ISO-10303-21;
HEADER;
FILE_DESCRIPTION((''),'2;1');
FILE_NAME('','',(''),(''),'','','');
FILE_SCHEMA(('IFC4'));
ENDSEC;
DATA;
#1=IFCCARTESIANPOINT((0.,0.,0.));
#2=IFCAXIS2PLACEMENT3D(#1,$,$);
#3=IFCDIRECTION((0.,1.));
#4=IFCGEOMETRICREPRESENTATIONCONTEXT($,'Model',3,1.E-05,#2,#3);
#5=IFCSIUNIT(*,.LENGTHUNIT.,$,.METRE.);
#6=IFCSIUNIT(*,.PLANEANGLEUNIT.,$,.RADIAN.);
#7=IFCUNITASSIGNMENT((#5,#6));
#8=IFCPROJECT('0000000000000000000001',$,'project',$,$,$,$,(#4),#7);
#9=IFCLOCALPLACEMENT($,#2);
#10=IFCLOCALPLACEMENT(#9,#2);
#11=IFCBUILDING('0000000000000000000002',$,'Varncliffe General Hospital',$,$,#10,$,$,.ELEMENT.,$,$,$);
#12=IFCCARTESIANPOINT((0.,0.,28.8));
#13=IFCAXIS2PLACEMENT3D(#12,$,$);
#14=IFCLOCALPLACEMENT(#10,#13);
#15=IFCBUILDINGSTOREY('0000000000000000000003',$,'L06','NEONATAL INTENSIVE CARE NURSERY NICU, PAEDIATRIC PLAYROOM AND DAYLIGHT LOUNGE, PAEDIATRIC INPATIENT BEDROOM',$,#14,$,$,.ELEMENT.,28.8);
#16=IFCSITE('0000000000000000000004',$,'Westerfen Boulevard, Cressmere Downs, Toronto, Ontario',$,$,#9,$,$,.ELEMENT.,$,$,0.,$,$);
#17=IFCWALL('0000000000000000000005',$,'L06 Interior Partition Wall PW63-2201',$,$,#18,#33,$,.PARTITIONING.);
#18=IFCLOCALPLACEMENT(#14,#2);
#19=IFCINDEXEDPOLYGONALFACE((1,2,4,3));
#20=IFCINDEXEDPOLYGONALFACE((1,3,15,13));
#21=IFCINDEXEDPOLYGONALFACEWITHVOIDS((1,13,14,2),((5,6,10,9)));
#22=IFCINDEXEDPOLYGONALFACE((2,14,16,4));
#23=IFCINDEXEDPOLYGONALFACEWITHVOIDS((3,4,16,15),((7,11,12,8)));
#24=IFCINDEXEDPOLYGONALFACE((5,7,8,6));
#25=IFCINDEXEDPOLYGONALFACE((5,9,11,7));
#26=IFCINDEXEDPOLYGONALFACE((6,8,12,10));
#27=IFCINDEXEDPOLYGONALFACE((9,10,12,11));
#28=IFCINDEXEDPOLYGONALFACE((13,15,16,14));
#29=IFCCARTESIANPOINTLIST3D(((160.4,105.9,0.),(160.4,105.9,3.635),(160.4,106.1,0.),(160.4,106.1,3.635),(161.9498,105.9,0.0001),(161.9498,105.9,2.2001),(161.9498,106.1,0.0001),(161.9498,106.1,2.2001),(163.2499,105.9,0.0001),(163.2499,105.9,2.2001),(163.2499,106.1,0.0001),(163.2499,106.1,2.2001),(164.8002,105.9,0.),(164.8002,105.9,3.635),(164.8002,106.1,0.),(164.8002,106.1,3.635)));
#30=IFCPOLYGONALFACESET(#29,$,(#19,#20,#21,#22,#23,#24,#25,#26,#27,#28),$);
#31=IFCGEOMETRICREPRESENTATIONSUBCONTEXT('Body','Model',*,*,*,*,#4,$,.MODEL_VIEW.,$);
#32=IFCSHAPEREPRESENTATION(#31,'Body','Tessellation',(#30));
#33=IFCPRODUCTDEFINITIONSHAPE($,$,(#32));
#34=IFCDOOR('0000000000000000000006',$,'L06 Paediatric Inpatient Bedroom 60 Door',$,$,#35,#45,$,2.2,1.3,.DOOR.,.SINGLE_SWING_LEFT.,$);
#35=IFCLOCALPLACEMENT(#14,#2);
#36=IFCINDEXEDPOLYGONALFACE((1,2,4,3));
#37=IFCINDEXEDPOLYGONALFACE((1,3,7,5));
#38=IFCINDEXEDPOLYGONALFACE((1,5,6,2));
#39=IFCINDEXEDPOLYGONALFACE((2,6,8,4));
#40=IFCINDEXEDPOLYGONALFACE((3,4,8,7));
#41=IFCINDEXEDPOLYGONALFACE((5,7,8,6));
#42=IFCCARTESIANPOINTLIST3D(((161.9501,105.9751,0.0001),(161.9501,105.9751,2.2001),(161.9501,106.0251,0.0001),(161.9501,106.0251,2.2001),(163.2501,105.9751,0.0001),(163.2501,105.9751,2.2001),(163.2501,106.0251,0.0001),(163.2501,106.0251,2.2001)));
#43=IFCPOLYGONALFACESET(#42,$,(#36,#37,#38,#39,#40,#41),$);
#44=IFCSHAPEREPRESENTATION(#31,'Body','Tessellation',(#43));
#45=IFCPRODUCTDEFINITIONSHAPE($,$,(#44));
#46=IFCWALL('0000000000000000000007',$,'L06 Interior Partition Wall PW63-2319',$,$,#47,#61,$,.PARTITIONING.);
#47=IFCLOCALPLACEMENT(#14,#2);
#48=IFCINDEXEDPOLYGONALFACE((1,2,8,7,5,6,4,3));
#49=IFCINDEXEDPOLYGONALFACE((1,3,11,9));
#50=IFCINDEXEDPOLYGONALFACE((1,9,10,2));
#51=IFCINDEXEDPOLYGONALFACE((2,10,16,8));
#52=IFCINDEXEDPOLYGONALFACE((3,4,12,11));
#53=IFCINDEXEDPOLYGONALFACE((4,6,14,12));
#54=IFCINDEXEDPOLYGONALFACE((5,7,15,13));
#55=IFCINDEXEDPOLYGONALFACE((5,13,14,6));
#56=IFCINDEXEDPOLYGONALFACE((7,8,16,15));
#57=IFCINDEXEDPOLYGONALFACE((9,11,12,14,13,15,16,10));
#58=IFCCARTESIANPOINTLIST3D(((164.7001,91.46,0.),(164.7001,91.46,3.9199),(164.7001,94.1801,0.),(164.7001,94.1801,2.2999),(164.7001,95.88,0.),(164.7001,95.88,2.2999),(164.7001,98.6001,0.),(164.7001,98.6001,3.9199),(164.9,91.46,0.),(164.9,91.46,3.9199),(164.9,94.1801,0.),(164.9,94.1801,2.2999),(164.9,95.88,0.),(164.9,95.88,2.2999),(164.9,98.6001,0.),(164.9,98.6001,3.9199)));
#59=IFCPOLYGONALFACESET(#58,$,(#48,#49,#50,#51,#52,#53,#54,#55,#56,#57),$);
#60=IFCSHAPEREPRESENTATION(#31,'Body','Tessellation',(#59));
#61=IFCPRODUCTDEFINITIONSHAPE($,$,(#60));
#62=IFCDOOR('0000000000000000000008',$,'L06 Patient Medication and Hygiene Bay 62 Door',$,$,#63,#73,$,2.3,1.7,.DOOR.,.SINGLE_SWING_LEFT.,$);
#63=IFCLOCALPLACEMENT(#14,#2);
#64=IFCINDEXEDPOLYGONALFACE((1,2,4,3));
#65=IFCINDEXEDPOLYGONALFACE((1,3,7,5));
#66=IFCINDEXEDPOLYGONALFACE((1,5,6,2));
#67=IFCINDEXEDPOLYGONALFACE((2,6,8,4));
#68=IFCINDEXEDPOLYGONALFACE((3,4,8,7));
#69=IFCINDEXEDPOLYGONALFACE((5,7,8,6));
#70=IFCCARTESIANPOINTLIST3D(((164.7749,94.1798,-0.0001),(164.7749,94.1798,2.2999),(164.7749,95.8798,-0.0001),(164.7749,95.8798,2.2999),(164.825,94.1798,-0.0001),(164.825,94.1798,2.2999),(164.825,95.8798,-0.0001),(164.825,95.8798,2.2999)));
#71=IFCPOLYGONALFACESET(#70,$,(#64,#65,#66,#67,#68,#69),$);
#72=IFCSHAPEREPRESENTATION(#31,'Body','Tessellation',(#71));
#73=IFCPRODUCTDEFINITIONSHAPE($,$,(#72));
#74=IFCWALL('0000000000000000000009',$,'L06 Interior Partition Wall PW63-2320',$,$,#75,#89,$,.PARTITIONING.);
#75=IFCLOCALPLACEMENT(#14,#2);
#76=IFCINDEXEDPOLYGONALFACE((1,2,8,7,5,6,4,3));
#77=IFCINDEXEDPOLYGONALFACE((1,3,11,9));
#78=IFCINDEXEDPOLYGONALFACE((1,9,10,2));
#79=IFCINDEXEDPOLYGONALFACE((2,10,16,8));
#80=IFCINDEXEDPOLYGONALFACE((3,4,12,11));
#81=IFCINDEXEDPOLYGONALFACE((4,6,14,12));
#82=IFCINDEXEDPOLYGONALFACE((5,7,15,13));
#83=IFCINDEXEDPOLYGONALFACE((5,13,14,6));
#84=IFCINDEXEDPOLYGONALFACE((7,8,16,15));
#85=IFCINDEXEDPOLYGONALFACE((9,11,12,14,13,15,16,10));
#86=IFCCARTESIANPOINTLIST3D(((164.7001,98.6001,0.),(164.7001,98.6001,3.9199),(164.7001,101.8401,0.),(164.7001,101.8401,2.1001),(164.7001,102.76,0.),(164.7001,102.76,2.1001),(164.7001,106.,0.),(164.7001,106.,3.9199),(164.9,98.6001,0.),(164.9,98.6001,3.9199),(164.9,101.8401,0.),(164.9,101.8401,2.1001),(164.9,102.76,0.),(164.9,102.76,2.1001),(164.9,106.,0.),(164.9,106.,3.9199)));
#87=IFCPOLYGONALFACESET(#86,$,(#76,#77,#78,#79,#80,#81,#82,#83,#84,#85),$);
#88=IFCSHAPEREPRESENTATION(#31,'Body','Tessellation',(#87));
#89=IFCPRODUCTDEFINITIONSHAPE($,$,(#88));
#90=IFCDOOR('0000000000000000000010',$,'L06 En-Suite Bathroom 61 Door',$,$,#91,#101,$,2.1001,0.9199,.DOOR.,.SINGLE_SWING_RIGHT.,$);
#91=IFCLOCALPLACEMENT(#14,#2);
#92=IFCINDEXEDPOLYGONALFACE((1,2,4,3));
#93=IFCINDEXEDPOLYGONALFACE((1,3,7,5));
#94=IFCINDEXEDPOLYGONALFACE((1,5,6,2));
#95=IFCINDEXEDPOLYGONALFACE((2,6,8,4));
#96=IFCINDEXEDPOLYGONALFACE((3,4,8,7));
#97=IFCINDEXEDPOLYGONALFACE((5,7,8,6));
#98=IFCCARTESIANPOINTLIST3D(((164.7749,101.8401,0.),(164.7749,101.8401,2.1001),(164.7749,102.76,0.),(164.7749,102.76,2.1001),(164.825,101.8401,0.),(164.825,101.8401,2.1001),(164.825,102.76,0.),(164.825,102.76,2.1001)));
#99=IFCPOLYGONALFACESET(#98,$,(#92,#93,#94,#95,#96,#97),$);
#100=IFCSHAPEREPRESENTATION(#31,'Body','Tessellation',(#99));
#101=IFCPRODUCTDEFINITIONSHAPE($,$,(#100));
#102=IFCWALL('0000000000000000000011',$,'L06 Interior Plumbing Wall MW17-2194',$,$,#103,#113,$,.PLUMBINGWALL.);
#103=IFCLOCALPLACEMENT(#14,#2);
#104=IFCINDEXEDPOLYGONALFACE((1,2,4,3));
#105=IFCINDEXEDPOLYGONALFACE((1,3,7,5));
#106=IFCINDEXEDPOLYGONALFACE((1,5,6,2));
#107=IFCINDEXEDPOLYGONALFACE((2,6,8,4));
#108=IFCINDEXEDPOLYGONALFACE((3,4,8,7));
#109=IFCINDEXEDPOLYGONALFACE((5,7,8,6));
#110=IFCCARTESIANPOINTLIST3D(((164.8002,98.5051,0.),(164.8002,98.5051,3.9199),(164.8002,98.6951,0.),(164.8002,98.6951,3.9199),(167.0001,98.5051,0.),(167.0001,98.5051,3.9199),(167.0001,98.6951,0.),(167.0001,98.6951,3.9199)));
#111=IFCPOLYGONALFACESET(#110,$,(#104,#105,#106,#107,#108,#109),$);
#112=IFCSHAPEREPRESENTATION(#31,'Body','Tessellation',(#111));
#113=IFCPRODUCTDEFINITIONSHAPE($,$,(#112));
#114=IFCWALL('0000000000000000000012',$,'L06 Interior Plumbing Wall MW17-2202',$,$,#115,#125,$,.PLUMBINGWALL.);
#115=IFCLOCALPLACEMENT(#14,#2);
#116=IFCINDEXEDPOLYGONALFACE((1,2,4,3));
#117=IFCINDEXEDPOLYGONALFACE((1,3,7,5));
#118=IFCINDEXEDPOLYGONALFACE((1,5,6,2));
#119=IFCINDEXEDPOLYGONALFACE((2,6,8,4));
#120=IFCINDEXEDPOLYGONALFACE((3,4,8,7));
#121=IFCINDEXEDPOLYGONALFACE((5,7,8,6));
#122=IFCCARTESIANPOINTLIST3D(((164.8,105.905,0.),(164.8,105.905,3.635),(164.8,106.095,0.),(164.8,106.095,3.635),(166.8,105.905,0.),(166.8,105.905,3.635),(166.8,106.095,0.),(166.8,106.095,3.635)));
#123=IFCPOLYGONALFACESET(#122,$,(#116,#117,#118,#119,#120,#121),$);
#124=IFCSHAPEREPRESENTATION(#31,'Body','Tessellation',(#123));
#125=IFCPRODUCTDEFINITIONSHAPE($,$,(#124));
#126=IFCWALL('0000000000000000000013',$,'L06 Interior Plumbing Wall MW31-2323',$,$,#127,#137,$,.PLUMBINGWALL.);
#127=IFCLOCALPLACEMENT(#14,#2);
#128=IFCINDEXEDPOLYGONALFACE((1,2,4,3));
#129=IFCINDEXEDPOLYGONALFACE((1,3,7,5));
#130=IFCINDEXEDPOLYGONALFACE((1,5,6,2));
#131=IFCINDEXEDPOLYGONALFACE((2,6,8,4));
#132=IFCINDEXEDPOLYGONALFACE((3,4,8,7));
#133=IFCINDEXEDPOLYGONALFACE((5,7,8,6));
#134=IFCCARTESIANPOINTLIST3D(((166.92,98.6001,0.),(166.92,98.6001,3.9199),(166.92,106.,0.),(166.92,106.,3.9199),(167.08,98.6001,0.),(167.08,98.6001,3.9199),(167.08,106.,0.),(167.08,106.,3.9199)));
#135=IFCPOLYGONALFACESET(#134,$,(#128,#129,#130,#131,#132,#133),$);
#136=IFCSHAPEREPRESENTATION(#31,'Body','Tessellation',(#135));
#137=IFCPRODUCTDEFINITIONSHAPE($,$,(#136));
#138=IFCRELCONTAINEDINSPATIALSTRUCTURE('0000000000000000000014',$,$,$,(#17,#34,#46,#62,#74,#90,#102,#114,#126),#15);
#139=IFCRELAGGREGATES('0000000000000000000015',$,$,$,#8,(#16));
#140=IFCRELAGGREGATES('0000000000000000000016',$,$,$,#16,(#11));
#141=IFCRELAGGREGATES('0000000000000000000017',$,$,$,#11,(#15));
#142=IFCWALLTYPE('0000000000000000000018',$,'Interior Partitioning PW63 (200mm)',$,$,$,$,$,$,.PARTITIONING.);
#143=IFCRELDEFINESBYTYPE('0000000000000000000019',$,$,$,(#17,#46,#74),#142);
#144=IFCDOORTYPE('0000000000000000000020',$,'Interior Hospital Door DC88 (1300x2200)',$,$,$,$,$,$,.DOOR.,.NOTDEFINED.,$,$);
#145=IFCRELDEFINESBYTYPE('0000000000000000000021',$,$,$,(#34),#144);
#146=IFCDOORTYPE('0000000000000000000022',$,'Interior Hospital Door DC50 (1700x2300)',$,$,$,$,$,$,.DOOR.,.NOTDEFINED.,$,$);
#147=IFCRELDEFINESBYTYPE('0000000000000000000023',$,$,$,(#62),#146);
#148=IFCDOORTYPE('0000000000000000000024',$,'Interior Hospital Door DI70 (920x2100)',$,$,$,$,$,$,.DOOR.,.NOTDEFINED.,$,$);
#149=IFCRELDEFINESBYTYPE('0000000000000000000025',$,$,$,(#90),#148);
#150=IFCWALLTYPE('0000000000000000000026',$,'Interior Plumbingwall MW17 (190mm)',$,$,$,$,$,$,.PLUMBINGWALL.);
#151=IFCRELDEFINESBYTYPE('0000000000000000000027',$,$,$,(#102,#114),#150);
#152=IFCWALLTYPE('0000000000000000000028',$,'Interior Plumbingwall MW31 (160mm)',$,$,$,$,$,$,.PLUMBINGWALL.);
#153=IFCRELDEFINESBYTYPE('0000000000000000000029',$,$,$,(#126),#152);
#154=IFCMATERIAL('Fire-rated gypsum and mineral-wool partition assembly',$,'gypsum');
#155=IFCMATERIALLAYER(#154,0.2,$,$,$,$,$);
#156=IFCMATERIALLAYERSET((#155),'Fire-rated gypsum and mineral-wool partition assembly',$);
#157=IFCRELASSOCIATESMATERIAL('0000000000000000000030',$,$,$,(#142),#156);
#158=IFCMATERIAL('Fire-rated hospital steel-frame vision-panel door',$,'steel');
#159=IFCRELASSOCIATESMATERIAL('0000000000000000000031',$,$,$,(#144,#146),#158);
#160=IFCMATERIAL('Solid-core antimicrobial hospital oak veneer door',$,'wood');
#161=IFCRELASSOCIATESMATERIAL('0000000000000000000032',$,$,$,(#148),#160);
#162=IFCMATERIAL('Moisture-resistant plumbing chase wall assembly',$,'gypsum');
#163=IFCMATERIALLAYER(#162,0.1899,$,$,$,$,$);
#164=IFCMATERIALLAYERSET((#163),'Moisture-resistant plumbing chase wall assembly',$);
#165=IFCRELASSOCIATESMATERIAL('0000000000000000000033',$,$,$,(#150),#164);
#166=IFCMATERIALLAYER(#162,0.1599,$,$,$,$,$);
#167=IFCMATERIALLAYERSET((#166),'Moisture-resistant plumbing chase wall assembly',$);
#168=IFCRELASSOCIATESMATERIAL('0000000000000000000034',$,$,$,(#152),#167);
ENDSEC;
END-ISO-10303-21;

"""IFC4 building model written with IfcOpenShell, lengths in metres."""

from ifc_helpers import new_model, si_unit, direction, frame, frame_2d, origin, place, context, subcontext, project, spatial, rectangle, extrude, material, layer, layer_set, type_object, element, fill, save


model = new_model("IFC4")

# Units and contexts
model_context = context("Model", 3, precision=1e-05, world=origin(), true_north=direction((0.0, 1.0)))
body_context = subcontext(model_context, "Body", "Model", "MODEL_VIEW")
ifc_project = project(units=[si_unit("LENGTHUNIT", "METRE"), si_unit("PLANEANGLEUNIT", "RADIAN")], contexts=[model_context])

# Site, building, storey
site_placement = place(None, origin())
site = spatial("IfcSite", under=ifc_project, at=site_placement, Name="Westerfen Boulevard, Cressmere Downs, Toronto, Ontario", CompositionType="ELEMENT", RefElevation=0.0)
building_placement = place(site_placement, origin())
building = spatial("IfcBuilding", under=site, at=building_placement, Name="Varncliffe General Hospital", CompositionType="ELEMENT")
storey_placement = place(building_placement, frame((0.0, 0.0, 28.8)))
storey = spatial("IfcBuildingStorey", under=building, at=storey_placement, Name="L06", Description="NEONATAL INTENSIVE CARE NURSERY NICU, PAEDIATRIC PLAYROOM AND DAYLIGHT LOUNGE, PAEDIATRIC INPATIENT BEDROOM", CompositionType="ELEMENT", Elevation=28.8)

# Shared definitions
ifc_material_1 = material(Name="Fire-rated gypsum and mineral-wool partition assembly", Category="gypsum")
ifc_layer_1 = layer(ifc_material_1, 0.2)
ifc_layer_set_1 = layer_set([ifc_layer_1], Name="Fire-rated gypsum and mineral-wool partition assembly")
wall_type_1 = type_object("IfcWallType", Name="Interior Partitioning PW63 (200mm)", PredefinedType="PARTITIONING", material=ifc_layer_set_1)

# Walls, openings, doors
wall_1_placement = place(storey_placement, frame((160.3999, 106.0, 0.0), z_axis=(0.0, 0.0, 1.0), x_axis=(1.0, 0.0, 0.0)))
wall_1 = element("IfcWall", 1, at=wall_1_placement, inside=storey, type_object=wall_type_1, Name="L06 Interior Partition Wall PW63-2201", PredefinedType="PARTITIONING", context=body_context, shape_type="SweptSolid", body=[
    extrude(rectangle(XDim=4.4001, YDim=0.2, at=frame_2d((2.2002, 0.0))), origin(), (0.0, 0.0, 1.0), 3.635),
])
opening_1_placement = place(wall_1_placement, frame((1.55, 0.0, 0.0)))
opening_1 = element("IfcOpeningElement", 2, at=opening_1_placement, cuts=wall_1, PredefinedType="OPENING", context=body_context, shape_type="SweptSolid", body=[
    extrude(rectangle(XDim=1.3, YDim=2.2, at=frame_2d((0.6499, 1.1001))), frame((0.0, 0.1099, 0.0), z_axis=(0.0, -1.0, 0.0), x_axis=(1.0, 0.0, 0.0)), (0.0, 0.0, 1.0), 0.22),
])
ifc_material_2 = material(Name="Fire-rated hospital steel-frame vision-panel door", Category="steel")
door_type_1 = type_object("IfcDoorType", Name="Interior Hospital Door DC88 (1300x2200)", OperationType="NOTDEFINED", PredefinedType="DOOR", material=ifc_material_2)
door_1_placement = place(opening_1_placement, frame((1.3, 0.0, 0.0), z_axis=(0.0, 0.0, 1.0), x_axis=(-1.0, 0.0, 0.0)))
door_1 = element("IfcDoor", 3, at=door_1_placement, inside=storey, type_object=door_type_1, Name="L06 Paediatric Inpatient Bedroom 60 Door", OperationType="SINGLE_SWING_LEFT", OverallHeight=2.2, OverallWidth=1.3, PredefinedType="DOOR", context=body_context, shape_type="SweptSolid", body=[
    extrude(rectangle(XDim=1.3, YDim=2.2, at=frame_2d((0.6499, 1.1001))), frame((0.0, 0.0249, 0.0), z_axis=(0.0, -1.0, 0.0), x_axis=(1.0, 0.0, 0.0)), (0.0, 0.0, 1.0), 0.05),
])
fill(opening_1, door_1)
wall_2_placement = place(storey_placement, frame((164.8, 91.46, 0.0), z_axis=(0.0, 0.0, 1.0), x_axis=(0.0, 1.0, 0.0)))
wall_2 = element("IfcWall", 4, at=wall_2_placement, inside=storey, type_object=wall_type_1, Name="L06 Interior Partition Wall PW63-2319", PredefinedType="PARTITIONING", context=body_context, shape_type="SweptSolid", body=[
    extrude(rectangle(XDim=7.1401, YDim=0.2, at=frame_2d((3.5701, 0.0))), origin(), (0.0, 0.0, 1.0), 3.9199),
])
opening_2_placement = place(wall_2_placement, frame((2.72, 0.0, 0.0)))
opening_2 = element("IfcOpeningElement", 5, at=opening_2_placement, cuts=wall_2, PredefinedType="OPENING", context=body_context, shape_type="SweptSolid", body=[
    extrude(rectangle(XDim=1.7, YDim=2.3, at=frame_2d((0.8501, 1.1499))), frame((0.0, 0.1099, 0.0), z_axis=(0.0, -1.0, 0.0), x_axis=(1.0, 0.0, 0.0)), (0.0, 0.0, 1.0), 0.22),
])
door_type_2 = type_object("IfcDoorType", Name="Interior Hospital Door DC50 (1700x2300)", OperationType="NOTDEFINED", PredefinedType="DOOR", material=ifc_material_2)
door_2_placement = place(opening_2_placement, frame((1.7, 0.0, 0.0), z_axis=(0.0, 0.0, 1.0), x_axis=(-1.0, 0.0, 0.0)))
door_2 = element("IfcDoor", 6, at=door_2_placement, inside=storey, type_object=door_type_2, Name="L06 Patient Medication and Hygiene Bay 62 Door", OperationType="SINGLE_SWING_LEFT", OverallHeight=2.3, OverallWidth=1.7, PredefinedType="DOOR", context=body_context, shape_type="SweptSolid", body=[
    extrude(rectangle(XDim=1.7, YDim=2.3, at=frame_2d((0.8501, 1.1499))), frame((0.0, 0.0249, 0.0), z_axis=(0.0, -1.0, 0.0), x_axis=(1.0, 0.0, 0.0)), (0.0, 0.0, 1.0), 0.05),
])
fill(opening_2, door_2)
wall_3_placement = place(storey_placement, frame((164.8, 98.6001, 0.0), z_axis=(0.0, 0.0, 1.0), x_axis=(0.0, 1.0, 0.0)))
wall_3 = element("IfcWall", 7, at=wall_3_placement, inside=storey, type_object=wall_type_1, Name="L06 Interior Partition Wall PW63-2320", PredefinedType="PARTITIONING", context=body_context, shape_type="SweptSolid", body=[
    extrude(rectangle(XDim=7.3999, YDim=0.2, at=frame_2d((3.7, 0.0))), origin(), (0.0, 0.0, 1.0), 3.9199),
])
opening_3_placement = place(wall_3_placement, frame((3.24, 0.0, 0.0)))
opening_3 = element("IfcOpeningElement", 8, at=opening_3_placement, cuts=wall_3, PredefinedType="OPENING", context=body_context, shape_type="SweptSolid", body=[
    extrude(rectangle(XDim=0.9199, YDim=2.1001, at=frame_2d((0.46, 1.05))), frame((0.0, 0.1099, 0.0), z_axis=(0.0, -1.0, 0.0), x_axis=(1.0, 0.0, 0.0)), (0.0, 0.0, 1.0), 0.22),
])
ifc_material_3 = material(Name="Solid-core antimicrobial hospital oak veneer door", Category="wood")
door_type_3 = type_object("IfcDoorType", Name="Interior Hospital Door DI70 (920x2100)", OperationType="NOTDEFINED", PredefinedType="DOOR", material=ifc_material_3)
door_3_placement = place(opening_3_placement, frame((0.9199, 0.0, 0.0), z_axis=(0.0, 0.0, 1.0), x_axis=(-1.0, 0.0, 0.0)))
door_3 = element("IfcDoor", 9, at=door_3_placement, inside=storey, type_object=door_type_3, Name="L06 En-Suite Bathroom 61 Door", OperationType="SINGLE_SWING_RIGHT", OverallHeight=2.1001, OverallWidth=0.9199, PredefinedType="DOOR", context=body_context, shape_type="SweptSolid", body=[
    extrude(rectangle(XDim=0.9199, YDim=2.1001, at=frame_2d((0.46, 1.05))), frame((0.0, 0.0249, 0.0), z_axis=(0.0, -1.0, 0.0), x_axis=(1.0, 0.0, 0.0)), (0.0, 0.0, 1.0), 0.05),
])
fill(opening_3, door_3)

# Walls
ifc_material_4 = material(Name="Moisture-resistant plumbing chase wall assembly", Category="gypsum")
ifc_layer_2 = layer(ifc_material_4, 0.1899)
ifc_layer_set_2 = layer_set([ifc_layer_2], Name="Moisture-resistant plumbing chase wall assembly")
wall_type_2 = type_object("IfcWallType", Name="Interior Plumbingwall MW17 (190mm)", PredefinedType="PLUMBINGWALL", material=ifc_layer_set_2)
wall_4_placement = place(storey_placement, frame((164.8, 98.6001, 0.0), z_axis=(0.0, 0.0, 1.0), x_axis=(1.0, 0.0, 0.0)))
element("IfcWall", 10, at=wall_4_placement, inside=storey, type_object=wall_type_2, Name="L06 Interior Plumbing Wall MW17-2194", PredefinedType="PLUMBINGWALL", context=body_context, shape_type="SweptSolid", body=[
    extrude(rectangle(XDim=2.2, YDim=0.1899, at=frame_2d((1.1001, 0.0))), origin(), (0.0, 0.0, 1.0), 3.9199),
])
wall_5_placement = place(storey_placement, frame((164.8, 106.0, 0.0), z_axis=(0.0, 0.0, 1.0), x_axis=(1.0, 0.0, 0.0)))
element("IfcWall", 11, at=wall_5_placement, inside=storey, type_object=wall_type_2, Name="L06 Interior Plumbing Wall MW17-2202", PredefinedType="PLUMBINGWALL", context=body_context, shape_type="SweptSolid", body=[
    extrude(rectangle(XDim=2.0, YDim=0.1899, at=frame_2d((1.0, 0.0))), origin(), (0.0, 0.0, 1.0), 3.635),
])
ifc_layer_3 = layer(ifc_material_4, 0.1599)
ifc_layer_set_3 = layer_set([ifc_layer_3], Name="Moisture-resistant plumbing chase wall assembly")
wall_type_3 = type_object("IfcWallType", Name="Interior Plumbingwall MW31 (160mm)", PredefinedType="PLUMBINGWALL", material=ifc_layer_set_3)
wall_6_placement = place(storey_placement, frame((167.0, 98.6001, 0.0), z_axis=(0.0, 0.0, 1.0), x_axis=(0.0, 1.0, 0.0)))
element("IfcWall", 12, at=wall_6_placement, inside=storey, type_object=wall_type_3, Name="L06 Interior Plumbing Wall MW31-2323", PredefinedType="PLUMBINGWALL", context=body_context, shape_type="SweptSolid", body=[
    extrude(rectangle(XDim=7.3999, YDim=0.1599, at=frame_2d((3.7, 0.0))), origin(), (0.0, 0.0, 1.0), 3.9199),
])

save(model, "model.ifc")
